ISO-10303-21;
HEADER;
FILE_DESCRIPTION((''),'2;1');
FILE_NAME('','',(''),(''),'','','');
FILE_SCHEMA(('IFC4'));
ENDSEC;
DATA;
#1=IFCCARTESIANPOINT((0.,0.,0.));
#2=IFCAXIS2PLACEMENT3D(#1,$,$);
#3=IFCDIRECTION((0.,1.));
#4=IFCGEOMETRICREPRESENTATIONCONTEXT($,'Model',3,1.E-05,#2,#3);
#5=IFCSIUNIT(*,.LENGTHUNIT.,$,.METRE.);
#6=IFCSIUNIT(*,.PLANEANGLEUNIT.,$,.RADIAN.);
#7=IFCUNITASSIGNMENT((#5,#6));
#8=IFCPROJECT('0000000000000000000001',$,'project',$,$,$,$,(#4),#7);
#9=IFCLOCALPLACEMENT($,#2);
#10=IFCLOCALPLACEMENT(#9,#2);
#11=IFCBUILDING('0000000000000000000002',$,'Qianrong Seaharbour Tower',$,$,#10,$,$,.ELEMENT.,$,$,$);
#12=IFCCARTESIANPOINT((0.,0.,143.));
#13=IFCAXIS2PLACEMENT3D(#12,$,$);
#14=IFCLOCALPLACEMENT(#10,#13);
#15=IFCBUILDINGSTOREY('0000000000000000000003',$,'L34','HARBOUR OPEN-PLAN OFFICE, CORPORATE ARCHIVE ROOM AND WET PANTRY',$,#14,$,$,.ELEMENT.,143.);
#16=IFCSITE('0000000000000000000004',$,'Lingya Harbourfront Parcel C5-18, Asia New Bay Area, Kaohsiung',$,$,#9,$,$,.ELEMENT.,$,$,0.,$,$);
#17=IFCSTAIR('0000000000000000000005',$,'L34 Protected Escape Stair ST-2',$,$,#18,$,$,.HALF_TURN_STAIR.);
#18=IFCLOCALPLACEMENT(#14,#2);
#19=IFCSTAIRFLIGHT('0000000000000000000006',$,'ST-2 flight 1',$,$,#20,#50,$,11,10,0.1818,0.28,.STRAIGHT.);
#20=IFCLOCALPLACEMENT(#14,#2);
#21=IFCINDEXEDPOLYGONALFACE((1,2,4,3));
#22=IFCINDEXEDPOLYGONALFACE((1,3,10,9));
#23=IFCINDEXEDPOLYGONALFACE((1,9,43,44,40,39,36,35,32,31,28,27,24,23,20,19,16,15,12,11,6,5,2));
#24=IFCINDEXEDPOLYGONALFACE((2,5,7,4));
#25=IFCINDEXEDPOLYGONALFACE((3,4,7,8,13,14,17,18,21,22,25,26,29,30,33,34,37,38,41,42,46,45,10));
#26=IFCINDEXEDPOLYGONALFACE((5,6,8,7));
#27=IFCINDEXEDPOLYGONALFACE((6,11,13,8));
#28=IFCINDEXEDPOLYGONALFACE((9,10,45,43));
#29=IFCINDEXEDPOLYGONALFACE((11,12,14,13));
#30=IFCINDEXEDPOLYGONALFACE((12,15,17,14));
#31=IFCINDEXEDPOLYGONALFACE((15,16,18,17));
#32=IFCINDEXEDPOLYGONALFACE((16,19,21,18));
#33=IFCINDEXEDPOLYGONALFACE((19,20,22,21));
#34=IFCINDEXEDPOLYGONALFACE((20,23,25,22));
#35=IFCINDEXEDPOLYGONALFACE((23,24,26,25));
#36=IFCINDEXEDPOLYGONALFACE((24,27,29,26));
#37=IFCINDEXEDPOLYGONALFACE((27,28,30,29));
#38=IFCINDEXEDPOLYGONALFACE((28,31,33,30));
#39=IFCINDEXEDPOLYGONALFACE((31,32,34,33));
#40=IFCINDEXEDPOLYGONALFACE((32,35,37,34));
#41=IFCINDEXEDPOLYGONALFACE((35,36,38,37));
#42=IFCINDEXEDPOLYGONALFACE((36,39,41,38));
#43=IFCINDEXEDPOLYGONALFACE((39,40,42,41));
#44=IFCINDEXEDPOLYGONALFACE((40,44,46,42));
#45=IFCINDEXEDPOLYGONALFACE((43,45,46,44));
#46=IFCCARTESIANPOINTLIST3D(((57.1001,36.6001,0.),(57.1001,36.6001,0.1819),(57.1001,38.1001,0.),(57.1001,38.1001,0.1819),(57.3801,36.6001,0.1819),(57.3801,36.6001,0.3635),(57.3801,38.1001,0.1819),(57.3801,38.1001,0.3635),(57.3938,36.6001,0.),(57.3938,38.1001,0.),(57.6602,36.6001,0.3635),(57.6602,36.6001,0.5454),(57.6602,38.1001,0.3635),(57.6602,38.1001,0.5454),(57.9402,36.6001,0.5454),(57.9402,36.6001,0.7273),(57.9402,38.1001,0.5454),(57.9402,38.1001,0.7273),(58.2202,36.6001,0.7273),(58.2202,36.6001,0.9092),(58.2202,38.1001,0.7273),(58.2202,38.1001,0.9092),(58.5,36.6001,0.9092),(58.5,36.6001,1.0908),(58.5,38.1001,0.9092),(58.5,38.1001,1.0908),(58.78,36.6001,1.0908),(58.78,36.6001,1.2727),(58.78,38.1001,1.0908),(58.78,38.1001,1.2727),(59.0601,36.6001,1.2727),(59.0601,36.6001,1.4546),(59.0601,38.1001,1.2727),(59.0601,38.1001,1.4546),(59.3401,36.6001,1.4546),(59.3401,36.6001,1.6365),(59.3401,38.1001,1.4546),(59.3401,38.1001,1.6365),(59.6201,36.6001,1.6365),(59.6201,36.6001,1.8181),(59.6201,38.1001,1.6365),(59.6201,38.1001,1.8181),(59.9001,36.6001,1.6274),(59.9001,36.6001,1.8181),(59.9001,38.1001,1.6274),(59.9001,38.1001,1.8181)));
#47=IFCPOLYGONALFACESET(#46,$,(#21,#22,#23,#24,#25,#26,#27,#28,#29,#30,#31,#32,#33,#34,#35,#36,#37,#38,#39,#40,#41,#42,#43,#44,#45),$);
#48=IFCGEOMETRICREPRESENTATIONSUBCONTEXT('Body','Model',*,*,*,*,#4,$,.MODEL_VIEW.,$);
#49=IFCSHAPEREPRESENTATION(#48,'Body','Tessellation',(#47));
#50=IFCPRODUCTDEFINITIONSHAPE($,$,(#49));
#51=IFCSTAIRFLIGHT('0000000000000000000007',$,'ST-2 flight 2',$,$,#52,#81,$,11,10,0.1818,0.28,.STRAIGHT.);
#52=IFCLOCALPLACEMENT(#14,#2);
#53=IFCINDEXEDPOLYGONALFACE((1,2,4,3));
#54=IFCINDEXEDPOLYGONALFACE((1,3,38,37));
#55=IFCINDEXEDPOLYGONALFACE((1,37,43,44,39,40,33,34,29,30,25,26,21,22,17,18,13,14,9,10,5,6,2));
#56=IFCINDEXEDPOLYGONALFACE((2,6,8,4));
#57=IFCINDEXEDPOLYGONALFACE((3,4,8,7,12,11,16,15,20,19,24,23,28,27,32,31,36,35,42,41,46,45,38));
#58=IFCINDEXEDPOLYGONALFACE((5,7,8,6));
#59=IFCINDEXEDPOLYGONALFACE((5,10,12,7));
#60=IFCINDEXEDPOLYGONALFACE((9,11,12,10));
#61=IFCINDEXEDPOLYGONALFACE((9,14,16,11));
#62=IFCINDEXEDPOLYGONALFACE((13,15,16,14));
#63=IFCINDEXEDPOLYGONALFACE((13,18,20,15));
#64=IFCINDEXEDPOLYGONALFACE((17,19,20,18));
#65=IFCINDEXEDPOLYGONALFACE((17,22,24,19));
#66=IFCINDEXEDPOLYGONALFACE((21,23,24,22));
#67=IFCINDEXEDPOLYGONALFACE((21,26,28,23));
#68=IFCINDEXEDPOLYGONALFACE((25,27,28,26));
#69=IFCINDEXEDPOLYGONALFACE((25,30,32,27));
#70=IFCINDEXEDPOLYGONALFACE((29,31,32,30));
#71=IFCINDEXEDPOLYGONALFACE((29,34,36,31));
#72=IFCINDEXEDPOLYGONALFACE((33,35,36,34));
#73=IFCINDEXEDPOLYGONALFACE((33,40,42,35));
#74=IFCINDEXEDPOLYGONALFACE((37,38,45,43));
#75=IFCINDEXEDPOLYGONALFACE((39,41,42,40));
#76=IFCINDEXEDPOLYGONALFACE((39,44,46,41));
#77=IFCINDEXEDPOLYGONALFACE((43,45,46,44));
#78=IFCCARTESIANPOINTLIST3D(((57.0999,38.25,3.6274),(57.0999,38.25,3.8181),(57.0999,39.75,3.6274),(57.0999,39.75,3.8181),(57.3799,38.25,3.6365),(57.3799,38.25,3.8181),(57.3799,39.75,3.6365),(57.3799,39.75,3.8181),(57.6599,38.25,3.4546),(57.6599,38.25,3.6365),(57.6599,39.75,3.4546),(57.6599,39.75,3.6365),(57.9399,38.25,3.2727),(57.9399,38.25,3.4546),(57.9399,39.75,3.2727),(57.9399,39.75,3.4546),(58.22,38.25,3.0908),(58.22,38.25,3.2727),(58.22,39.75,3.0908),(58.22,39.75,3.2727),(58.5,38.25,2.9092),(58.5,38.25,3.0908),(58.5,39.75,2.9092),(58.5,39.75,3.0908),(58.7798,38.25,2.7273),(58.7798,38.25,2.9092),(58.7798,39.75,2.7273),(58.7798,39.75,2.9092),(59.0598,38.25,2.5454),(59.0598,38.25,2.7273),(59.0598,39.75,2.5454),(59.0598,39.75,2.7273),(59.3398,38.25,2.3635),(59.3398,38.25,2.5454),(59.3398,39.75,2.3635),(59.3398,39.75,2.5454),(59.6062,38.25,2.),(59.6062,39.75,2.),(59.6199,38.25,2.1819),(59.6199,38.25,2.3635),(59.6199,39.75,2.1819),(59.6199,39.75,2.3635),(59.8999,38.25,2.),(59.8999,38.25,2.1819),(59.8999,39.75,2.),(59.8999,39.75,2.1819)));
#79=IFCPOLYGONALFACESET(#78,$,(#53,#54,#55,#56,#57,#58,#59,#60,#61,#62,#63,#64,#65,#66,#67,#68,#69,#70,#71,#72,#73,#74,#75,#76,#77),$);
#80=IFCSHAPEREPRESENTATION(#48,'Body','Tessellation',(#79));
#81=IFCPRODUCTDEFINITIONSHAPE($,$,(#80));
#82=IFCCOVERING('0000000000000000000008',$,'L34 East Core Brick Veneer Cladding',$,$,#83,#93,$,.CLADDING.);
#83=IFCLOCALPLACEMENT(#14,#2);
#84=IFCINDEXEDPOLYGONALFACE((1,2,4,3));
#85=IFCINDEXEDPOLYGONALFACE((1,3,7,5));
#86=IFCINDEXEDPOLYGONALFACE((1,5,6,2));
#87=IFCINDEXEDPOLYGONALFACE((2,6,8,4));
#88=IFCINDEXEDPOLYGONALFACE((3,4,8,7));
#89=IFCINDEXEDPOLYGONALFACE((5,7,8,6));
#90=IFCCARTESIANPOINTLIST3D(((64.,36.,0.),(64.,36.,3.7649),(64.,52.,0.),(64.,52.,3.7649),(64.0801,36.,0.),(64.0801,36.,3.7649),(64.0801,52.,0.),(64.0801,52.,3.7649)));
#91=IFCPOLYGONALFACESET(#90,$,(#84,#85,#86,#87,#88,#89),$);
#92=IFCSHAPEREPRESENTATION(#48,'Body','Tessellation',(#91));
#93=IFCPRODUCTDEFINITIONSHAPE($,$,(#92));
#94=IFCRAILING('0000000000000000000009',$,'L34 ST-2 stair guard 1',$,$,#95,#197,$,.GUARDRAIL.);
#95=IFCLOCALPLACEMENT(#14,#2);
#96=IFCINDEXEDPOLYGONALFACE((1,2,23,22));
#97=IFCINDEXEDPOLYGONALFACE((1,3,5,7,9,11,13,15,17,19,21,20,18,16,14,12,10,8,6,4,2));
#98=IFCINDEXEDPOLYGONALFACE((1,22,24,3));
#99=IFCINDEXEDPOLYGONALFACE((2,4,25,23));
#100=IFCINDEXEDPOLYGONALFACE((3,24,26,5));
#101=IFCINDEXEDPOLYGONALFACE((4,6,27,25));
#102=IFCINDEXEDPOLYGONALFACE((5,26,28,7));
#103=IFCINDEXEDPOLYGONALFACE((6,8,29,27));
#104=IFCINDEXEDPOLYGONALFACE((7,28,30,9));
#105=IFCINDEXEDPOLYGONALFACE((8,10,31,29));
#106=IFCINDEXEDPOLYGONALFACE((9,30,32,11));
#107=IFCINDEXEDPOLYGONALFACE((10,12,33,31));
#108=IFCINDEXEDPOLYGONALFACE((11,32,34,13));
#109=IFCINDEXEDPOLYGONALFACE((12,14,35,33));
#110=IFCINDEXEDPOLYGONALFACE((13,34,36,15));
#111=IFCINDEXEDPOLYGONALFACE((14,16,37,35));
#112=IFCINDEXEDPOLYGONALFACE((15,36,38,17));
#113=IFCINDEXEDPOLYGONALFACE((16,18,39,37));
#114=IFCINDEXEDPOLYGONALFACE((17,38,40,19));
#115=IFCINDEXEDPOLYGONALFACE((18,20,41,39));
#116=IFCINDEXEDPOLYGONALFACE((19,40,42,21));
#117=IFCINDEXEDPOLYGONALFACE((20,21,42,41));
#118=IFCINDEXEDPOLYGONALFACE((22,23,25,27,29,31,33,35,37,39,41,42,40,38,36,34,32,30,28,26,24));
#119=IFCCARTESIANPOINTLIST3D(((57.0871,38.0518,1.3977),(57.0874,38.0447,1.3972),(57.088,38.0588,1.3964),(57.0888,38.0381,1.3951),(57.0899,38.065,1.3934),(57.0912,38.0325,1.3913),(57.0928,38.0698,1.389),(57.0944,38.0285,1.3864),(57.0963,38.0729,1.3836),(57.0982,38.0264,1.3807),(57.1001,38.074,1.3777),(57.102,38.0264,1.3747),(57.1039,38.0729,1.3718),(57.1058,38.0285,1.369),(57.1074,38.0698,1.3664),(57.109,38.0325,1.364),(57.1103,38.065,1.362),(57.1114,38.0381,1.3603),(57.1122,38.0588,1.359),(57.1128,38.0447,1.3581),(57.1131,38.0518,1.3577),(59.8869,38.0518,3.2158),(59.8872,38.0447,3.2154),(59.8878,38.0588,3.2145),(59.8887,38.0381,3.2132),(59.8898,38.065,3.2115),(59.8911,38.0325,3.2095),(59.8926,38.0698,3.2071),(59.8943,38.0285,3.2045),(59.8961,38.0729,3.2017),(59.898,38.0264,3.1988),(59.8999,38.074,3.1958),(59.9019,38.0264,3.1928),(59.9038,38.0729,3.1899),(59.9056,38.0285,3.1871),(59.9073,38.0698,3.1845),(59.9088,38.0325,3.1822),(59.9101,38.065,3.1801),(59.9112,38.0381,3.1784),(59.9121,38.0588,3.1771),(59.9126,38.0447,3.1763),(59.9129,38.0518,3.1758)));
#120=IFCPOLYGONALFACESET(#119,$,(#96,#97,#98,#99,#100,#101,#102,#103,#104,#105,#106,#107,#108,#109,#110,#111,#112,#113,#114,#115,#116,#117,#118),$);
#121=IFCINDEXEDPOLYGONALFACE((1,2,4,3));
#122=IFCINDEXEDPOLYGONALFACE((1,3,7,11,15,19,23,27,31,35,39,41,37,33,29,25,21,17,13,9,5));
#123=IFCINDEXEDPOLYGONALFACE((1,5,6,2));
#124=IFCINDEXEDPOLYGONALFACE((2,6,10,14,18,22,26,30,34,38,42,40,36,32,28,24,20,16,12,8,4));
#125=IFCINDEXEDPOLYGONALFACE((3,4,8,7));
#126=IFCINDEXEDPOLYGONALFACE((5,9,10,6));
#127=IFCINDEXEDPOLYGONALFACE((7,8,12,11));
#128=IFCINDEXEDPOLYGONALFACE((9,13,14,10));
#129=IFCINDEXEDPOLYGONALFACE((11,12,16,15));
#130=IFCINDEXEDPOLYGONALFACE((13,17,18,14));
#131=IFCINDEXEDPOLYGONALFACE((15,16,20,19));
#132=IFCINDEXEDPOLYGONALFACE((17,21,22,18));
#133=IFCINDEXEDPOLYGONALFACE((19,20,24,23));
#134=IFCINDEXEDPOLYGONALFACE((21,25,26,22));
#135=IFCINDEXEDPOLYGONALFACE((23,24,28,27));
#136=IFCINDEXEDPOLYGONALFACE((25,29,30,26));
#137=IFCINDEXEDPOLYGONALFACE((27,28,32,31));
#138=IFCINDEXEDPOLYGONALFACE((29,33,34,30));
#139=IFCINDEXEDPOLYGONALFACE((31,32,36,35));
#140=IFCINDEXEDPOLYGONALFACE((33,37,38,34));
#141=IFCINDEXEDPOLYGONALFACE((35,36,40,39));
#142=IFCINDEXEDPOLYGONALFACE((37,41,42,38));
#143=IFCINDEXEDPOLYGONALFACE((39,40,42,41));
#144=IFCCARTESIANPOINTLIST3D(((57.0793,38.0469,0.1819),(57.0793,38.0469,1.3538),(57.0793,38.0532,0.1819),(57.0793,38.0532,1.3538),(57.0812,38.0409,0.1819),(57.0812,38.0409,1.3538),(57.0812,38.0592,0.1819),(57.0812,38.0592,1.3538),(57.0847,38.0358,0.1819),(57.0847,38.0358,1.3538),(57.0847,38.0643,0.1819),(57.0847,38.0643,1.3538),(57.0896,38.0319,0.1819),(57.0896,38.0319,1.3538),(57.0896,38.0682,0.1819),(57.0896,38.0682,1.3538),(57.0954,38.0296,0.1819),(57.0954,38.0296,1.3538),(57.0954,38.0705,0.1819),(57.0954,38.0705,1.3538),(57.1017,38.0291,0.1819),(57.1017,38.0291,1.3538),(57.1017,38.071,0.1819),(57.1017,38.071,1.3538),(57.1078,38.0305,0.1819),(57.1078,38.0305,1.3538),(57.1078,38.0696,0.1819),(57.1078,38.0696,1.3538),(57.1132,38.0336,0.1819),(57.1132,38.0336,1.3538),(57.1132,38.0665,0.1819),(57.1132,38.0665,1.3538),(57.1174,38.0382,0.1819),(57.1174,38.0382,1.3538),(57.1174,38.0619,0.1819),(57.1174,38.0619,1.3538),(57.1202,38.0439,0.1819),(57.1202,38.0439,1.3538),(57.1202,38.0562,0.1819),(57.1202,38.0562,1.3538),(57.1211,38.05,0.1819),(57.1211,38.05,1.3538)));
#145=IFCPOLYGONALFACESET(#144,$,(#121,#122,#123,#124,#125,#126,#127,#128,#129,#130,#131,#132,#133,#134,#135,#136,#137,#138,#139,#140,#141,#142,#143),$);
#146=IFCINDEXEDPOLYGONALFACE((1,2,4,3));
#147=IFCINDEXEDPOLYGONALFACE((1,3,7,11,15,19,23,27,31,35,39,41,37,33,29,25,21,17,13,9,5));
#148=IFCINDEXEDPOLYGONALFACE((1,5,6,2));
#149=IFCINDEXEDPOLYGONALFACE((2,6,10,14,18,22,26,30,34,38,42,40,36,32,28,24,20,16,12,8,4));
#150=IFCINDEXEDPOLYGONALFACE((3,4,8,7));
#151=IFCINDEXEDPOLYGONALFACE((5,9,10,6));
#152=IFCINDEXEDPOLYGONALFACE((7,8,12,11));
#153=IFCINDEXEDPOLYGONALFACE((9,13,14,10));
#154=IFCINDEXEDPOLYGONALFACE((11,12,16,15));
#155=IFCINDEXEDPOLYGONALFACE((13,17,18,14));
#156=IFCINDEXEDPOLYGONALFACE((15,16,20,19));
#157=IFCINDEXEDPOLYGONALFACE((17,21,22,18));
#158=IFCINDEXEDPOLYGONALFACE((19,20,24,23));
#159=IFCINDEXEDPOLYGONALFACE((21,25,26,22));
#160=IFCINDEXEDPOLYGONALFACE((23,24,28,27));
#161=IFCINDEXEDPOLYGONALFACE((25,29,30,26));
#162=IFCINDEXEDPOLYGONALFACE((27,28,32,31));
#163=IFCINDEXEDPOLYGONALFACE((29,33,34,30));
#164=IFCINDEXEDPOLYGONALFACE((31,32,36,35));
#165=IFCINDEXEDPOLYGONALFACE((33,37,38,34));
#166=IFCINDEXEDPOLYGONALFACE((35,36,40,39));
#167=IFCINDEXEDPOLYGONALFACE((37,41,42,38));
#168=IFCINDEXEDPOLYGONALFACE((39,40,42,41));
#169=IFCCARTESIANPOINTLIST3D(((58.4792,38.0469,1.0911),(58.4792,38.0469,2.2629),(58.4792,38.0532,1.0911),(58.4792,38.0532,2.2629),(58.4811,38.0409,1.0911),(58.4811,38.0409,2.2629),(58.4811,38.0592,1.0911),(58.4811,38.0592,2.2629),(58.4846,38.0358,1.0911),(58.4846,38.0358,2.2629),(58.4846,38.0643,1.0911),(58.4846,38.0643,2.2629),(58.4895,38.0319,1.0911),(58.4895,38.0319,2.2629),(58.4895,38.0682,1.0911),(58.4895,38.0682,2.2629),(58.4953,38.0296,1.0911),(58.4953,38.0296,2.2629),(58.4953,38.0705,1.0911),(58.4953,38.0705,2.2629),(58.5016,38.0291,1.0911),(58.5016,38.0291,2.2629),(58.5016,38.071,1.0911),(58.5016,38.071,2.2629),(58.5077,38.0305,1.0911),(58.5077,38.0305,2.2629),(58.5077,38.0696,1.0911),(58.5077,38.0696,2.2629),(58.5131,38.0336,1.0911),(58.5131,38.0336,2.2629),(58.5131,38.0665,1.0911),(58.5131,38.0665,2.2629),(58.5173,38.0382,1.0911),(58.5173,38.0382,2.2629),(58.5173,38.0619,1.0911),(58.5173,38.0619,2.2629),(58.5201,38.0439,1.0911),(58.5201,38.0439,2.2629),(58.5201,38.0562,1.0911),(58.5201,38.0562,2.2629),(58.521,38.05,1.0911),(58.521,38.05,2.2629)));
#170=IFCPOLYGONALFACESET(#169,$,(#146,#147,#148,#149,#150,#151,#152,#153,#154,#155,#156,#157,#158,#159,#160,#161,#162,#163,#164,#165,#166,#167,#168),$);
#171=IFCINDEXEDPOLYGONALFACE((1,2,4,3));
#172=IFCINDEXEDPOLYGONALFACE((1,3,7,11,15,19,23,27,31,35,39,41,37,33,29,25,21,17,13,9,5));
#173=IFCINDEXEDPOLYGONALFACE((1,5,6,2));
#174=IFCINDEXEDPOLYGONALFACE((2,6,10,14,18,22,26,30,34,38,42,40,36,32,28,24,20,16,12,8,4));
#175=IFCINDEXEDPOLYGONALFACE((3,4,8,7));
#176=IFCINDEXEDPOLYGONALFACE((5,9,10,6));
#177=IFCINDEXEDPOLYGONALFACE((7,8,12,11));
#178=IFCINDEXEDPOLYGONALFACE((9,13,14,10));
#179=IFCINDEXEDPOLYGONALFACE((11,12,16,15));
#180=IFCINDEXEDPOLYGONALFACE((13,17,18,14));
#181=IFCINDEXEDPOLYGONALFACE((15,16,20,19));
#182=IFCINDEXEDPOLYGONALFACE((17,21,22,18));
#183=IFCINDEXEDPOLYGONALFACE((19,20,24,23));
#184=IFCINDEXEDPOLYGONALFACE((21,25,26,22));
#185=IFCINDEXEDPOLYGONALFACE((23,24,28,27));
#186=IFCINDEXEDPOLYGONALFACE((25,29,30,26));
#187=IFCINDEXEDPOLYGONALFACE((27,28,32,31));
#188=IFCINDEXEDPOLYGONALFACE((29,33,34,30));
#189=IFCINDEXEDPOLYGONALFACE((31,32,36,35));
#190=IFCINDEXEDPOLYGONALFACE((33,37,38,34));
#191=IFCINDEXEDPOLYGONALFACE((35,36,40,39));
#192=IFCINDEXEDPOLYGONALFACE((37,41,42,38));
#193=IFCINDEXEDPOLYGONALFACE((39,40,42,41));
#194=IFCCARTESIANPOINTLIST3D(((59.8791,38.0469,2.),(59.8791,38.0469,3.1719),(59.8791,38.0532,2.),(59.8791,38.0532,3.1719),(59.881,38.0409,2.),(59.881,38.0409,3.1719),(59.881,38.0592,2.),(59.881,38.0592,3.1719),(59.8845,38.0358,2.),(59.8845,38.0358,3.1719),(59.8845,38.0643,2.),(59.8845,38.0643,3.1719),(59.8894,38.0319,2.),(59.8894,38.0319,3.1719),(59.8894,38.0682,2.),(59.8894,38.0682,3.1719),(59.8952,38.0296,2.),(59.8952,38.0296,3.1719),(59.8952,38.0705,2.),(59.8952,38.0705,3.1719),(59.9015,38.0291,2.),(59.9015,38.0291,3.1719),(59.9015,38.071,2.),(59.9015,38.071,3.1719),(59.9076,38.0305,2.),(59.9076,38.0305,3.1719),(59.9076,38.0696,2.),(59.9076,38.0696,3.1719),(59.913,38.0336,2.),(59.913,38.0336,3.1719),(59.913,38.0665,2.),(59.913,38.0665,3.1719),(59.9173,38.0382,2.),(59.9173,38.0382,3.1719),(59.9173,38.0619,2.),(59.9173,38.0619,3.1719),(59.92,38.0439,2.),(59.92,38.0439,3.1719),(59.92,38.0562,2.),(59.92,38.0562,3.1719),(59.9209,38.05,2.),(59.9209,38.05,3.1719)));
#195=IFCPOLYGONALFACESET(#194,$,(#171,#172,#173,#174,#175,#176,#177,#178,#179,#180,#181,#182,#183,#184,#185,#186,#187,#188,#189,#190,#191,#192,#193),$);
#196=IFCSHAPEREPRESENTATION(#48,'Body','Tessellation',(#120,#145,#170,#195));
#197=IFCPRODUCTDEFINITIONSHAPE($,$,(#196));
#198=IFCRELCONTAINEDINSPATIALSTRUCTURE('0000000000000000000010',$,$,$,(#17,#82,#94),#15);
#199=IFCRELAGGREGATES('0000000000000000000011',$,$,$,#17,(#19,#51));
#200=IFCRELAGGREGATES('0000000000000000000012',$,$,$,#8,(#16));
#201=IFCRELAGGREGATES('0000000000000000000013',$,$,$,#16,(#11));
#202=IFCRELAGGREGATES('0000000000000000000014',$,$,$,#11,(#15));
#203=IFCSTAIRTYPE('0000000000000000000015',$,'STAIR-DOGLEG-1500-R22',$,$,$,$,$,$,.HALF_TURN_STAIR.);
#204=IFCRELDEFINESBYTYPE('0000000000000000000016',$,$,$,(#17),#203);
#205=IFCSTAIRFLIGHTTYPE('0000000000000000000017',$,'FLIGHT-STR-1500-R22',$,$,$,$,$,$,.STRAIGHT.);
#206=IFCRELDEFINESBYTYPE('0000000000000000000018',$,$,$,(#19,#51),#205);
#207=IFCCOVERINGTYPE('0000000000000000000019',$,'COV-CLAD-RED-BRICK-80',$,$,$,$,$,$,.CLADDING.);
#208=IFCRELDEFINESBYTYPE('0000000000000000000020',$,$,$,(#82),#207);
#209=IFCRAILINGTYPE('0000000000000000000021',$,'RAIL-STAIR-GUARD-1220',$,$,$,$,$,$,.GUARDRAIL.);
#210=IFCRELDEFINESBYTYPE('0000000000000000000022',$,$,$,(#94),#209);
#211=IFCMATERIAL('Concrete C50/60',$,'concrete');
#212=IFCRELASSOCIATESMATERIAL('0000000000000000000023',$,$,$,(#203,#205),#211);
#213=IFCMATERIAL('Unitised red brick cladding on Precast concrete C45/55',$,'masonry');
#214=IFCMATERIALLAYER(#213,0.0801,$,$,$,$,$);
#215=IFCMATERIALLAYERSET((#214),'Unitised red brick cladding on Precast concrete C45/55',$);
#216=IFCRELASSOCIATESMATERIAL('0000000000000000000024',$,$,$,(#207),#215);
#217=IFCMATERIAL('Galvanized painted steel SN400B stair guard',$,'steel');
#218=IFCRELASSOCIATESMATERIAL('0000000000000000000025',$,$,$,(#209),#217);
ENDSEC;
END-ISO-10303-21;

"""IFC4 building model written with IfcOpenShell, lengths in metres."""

from ifc_helpers import new_model, si_unit, direction, frame, origin, origin_2d, place, context, subcontext, project, spatial, polyline, rectangle, circle, outline, extrude, material, layer, layer_set, type_object, element, aggregate, save


model = new_model("IFC4")

# Units and contexts
model_context = context("Model", 3, precision=1e-05, world=origin(), true_north=direction((0.0, 1.0)))
body_context = subcontext(model_context, "Body", "Model", "MODEL_VIEW")
ifc_project = project(units=[si_unit("LENGTHUNIT", "METRE"), si_unit("PLANEANGLEUNIT", "RADIAN")], contexts=[model_context])

# Site, building, storey
site_placement = place(None, origin())
site = spatial("IfcSite", under=ifc_project, at=site_placement, Name="Lingya Harbourfront Parcel C5-18, Asia New Bay Area, Kaohsiung", CompositionType="ELEMENT", RefElevation=0.0)
building_placement = place(site_placement, origin())
building = spatial("IfcBuilding", under=site, at=building_placement, Name="Qianrong Seaharbour Tower", CompositionType="ELEMENT")
storey_placement = place(building_placement, frame((0.0, 0.0, 143.0)))
storey = spatial("IfcBuildingStorey", under=building, at=storey_placement, Name="L34", Description="HARBOUR OPEN-PLAN OFFICE, CORPORATE ARCHIVE ROOM AND WET PANTRY", CompositionType="ELEMENT", Elevation=143.0)

# Shared definitions
ifc_material_1 = material(Name="Concrete C50/60", Category="concrete")

# Stair, stair flights
stair_type = type_object("IfcStairType", Name="STAIR-DOGLEG-1500-R22", PredefinedType="HALF_TURN_STAIR", material=ifc_material_1)
stair_placement = place(storey_placement, origin())
stair = element("IfcStair", 1, at=stair_placement, inside=storey, type_object=stair_type, Name="L34 Protected Escape Stair ST-2", PredefinedType="HALF_TURN_STAIR")
stair_flight_type = type_object("IfcStairFlightType", Name="FLIGHT-STR-1500-R22", PredefinedType="STRAIGHT", material=ifc_material_1)
stair_flight_1_placement = place(storey_placement, frame((57.1001, 37.3501, 0.0), z_axis=(0.0, 0.0, 1.0), x_axis=(1.0, 0.0, 0.0)))
stair_flight_1 = element("IfcStairFlight", 2, at=stair_flight_1_placement, type_object=stair_flight_type, Name="ST-2 flight 1", NumberOfRisers=11, NumberOfTreads=10, PredefinedType="STRAIGHT", RiserHeight=0.1818, TreadLength=0.28, context=body_context, shape_type="SweptSolid", body=[
    extrude(outline(polyline([(0.0, 0.0), (0.0, 0.1819), (0.28, 0.1819), (0.28, 0.3635), (0.5601, 0.3635), (0.5601, 0.5454), (0.8401, 0.5454), (0.8401, 0.7273), (1.1201, 0.7273), (1.1201, 0.9092), (1.3999, 0.9092), (1.3999, 1.0908), (1.6799, 1.0908), (1.6799, 1.2727), (1.96, 1.2727), (1.96, 1.4546), (2.24, 1.4546), (2.24, 1.6365), (2.52, 1.6365), (2.52, 1.8181), (2.8, 1.8181), (2.8, 2.0), (2.8, 1.6274), (0.2937, 0.0), (0.0, 0.0)])), frame((0.0, 0.75, 0.0), z_axis=(0.0, -1.0, 0.0), x_axis=(1.0, 0.0, 0.0)), (0.0, 0.0, 1.0), 1.5),
])
stair_flight_2_placement = place(storey_placement, frame((59.8999, 39.0, 2.0), z_axis=(0.0, 0.0, 1.0), x_axis=(-1.0, 0.0, 0.0)))
stair_flight_2 = element("IfcStairFlight", 3, at=stair_flight_2_placement, type_object=stair_flight_type, Name="ST-2 flight 2", NumberOfRisers=11, NumberOfTreads=10, PredefinedType="STRAIGHT", RiserHeight=0.1818, TreadLength=0.28, context=body_context, shape_type="SweptSolid", body=[
    extrude(outline(polyline([(0.0, 0.0), (0.0, 0.1819), (0.28, 0.1819), (0.28, 0.3635), (0.5601, 0.3635), (0.5601, 0.5454), (0.8401, 0.5454), (0.8401, 0.7273), (1.1201, 0.7273), (1.1201, 0.9092), (1.3999, 0.9092), (1.3999, 1.0908), (1.6799, 1.0908), (1.6799, 1.2727), (1.96, 1.2727), (1.96, 1.4546), (2.24, 1.4546), (2.24, 1.6365), (2.52, 1.6365), (2.52, 1.8181), (2.8, 1.8181), (2.8, 2.0), (2.8, 1.6274), (0.2937, 0.0), (0.0, 0.0)])), frame((0.0, 0.75, 0.0), z_axis=(0.0, -1.0, 0.0), x_axis=(1.0, 0.0, 0.0)), (0.0, 0.0, 1.0), 1.5),
])
aggregate(stair, [stair_flight_1, stair_flight_2])

# Covering
ifc_material_2 = material(Name="Unitised red brick cladding on Precast concrete C45/55", Category="masonry")
ifc_layer_1 = layer(ifc_material_2, 0.0801)
ifc_layer_set_1 = layer_set([ifc_layer_1], Name="Unitised red brick cladding on Precast concrete C45/55")
covering_type = type_object("IfcCoveringType", Name="COV-CLAD-RED-BRICK-80", PredefinedType="CLADDING", material=ifc_layer_set_1)
covering_placement = place(storey_placement, frame((64.04, 44.0, 0.0), z_axis=(0.0, 0.0, 1.0), x_axis=(1.0, 0.0, 0.0)))
element("IfcCovering", 4, at=covering_placement, inside=storey, type_object=covering_type, Name="L34 East Core Brick Veneer Cladding", PredefinedType="CLADDING", context=body_context, shape_type="SweptSolid", body=[
    extrude(rectangle(XDim=0.0801, YDim=16.0, at=origin_2d()), origin(), (0.0, 0.0, 1.0), 3.7649),
])

# Railing
ifc_material_3 = material(Name="Galvanized painted steel SN400B stair guard", Category="steel")
railing_type_1 = type_object("IfcRailingType", Name="RAIL-STAIR-GUARD-1220", PredefinedType="GUARDRAIL", material=ifc_material_3)
railing_1_placement = place(storey_placement, frame((57.1001, 38.05, 0.1819)))
element("IfcRailing", 5, at=railing_1_placement, inside=storey, type_object=railing_type_1, Name="L34 ST-2 stair guard 1", PredefinedType="GUARDRAIL", context=body_context, shape_type="SweptSolid", body=[
    extrude(circle(Radius=0.0239, at=origin_2d()), frame((0.0, 0.0, 1.1958), z_axis=(0.838684, 0.0, 0.544618), x_axis=(0.0, 1.0, 0.0)), (0.0, 0.0, 1.0), 3.3384),
    extrude(circle(Radius=0.021, at=origin_2d()), origin(), (0.0, 0.0, 1.0), 1.1719),
    extrude(circle(Radius=0.021, at=origin_2d()), frame((1.3999, 0.0, 0.9092)), (0.0, 0.0, 1.0), 1.1719),
    extrude(circle(Radius=0.021, at=origin_2d()), frame((2.7998, 0.0, 1.8181)), (0.0, 0.0, 1.0), 1.1719),
])

save(model, "model.ifc")
